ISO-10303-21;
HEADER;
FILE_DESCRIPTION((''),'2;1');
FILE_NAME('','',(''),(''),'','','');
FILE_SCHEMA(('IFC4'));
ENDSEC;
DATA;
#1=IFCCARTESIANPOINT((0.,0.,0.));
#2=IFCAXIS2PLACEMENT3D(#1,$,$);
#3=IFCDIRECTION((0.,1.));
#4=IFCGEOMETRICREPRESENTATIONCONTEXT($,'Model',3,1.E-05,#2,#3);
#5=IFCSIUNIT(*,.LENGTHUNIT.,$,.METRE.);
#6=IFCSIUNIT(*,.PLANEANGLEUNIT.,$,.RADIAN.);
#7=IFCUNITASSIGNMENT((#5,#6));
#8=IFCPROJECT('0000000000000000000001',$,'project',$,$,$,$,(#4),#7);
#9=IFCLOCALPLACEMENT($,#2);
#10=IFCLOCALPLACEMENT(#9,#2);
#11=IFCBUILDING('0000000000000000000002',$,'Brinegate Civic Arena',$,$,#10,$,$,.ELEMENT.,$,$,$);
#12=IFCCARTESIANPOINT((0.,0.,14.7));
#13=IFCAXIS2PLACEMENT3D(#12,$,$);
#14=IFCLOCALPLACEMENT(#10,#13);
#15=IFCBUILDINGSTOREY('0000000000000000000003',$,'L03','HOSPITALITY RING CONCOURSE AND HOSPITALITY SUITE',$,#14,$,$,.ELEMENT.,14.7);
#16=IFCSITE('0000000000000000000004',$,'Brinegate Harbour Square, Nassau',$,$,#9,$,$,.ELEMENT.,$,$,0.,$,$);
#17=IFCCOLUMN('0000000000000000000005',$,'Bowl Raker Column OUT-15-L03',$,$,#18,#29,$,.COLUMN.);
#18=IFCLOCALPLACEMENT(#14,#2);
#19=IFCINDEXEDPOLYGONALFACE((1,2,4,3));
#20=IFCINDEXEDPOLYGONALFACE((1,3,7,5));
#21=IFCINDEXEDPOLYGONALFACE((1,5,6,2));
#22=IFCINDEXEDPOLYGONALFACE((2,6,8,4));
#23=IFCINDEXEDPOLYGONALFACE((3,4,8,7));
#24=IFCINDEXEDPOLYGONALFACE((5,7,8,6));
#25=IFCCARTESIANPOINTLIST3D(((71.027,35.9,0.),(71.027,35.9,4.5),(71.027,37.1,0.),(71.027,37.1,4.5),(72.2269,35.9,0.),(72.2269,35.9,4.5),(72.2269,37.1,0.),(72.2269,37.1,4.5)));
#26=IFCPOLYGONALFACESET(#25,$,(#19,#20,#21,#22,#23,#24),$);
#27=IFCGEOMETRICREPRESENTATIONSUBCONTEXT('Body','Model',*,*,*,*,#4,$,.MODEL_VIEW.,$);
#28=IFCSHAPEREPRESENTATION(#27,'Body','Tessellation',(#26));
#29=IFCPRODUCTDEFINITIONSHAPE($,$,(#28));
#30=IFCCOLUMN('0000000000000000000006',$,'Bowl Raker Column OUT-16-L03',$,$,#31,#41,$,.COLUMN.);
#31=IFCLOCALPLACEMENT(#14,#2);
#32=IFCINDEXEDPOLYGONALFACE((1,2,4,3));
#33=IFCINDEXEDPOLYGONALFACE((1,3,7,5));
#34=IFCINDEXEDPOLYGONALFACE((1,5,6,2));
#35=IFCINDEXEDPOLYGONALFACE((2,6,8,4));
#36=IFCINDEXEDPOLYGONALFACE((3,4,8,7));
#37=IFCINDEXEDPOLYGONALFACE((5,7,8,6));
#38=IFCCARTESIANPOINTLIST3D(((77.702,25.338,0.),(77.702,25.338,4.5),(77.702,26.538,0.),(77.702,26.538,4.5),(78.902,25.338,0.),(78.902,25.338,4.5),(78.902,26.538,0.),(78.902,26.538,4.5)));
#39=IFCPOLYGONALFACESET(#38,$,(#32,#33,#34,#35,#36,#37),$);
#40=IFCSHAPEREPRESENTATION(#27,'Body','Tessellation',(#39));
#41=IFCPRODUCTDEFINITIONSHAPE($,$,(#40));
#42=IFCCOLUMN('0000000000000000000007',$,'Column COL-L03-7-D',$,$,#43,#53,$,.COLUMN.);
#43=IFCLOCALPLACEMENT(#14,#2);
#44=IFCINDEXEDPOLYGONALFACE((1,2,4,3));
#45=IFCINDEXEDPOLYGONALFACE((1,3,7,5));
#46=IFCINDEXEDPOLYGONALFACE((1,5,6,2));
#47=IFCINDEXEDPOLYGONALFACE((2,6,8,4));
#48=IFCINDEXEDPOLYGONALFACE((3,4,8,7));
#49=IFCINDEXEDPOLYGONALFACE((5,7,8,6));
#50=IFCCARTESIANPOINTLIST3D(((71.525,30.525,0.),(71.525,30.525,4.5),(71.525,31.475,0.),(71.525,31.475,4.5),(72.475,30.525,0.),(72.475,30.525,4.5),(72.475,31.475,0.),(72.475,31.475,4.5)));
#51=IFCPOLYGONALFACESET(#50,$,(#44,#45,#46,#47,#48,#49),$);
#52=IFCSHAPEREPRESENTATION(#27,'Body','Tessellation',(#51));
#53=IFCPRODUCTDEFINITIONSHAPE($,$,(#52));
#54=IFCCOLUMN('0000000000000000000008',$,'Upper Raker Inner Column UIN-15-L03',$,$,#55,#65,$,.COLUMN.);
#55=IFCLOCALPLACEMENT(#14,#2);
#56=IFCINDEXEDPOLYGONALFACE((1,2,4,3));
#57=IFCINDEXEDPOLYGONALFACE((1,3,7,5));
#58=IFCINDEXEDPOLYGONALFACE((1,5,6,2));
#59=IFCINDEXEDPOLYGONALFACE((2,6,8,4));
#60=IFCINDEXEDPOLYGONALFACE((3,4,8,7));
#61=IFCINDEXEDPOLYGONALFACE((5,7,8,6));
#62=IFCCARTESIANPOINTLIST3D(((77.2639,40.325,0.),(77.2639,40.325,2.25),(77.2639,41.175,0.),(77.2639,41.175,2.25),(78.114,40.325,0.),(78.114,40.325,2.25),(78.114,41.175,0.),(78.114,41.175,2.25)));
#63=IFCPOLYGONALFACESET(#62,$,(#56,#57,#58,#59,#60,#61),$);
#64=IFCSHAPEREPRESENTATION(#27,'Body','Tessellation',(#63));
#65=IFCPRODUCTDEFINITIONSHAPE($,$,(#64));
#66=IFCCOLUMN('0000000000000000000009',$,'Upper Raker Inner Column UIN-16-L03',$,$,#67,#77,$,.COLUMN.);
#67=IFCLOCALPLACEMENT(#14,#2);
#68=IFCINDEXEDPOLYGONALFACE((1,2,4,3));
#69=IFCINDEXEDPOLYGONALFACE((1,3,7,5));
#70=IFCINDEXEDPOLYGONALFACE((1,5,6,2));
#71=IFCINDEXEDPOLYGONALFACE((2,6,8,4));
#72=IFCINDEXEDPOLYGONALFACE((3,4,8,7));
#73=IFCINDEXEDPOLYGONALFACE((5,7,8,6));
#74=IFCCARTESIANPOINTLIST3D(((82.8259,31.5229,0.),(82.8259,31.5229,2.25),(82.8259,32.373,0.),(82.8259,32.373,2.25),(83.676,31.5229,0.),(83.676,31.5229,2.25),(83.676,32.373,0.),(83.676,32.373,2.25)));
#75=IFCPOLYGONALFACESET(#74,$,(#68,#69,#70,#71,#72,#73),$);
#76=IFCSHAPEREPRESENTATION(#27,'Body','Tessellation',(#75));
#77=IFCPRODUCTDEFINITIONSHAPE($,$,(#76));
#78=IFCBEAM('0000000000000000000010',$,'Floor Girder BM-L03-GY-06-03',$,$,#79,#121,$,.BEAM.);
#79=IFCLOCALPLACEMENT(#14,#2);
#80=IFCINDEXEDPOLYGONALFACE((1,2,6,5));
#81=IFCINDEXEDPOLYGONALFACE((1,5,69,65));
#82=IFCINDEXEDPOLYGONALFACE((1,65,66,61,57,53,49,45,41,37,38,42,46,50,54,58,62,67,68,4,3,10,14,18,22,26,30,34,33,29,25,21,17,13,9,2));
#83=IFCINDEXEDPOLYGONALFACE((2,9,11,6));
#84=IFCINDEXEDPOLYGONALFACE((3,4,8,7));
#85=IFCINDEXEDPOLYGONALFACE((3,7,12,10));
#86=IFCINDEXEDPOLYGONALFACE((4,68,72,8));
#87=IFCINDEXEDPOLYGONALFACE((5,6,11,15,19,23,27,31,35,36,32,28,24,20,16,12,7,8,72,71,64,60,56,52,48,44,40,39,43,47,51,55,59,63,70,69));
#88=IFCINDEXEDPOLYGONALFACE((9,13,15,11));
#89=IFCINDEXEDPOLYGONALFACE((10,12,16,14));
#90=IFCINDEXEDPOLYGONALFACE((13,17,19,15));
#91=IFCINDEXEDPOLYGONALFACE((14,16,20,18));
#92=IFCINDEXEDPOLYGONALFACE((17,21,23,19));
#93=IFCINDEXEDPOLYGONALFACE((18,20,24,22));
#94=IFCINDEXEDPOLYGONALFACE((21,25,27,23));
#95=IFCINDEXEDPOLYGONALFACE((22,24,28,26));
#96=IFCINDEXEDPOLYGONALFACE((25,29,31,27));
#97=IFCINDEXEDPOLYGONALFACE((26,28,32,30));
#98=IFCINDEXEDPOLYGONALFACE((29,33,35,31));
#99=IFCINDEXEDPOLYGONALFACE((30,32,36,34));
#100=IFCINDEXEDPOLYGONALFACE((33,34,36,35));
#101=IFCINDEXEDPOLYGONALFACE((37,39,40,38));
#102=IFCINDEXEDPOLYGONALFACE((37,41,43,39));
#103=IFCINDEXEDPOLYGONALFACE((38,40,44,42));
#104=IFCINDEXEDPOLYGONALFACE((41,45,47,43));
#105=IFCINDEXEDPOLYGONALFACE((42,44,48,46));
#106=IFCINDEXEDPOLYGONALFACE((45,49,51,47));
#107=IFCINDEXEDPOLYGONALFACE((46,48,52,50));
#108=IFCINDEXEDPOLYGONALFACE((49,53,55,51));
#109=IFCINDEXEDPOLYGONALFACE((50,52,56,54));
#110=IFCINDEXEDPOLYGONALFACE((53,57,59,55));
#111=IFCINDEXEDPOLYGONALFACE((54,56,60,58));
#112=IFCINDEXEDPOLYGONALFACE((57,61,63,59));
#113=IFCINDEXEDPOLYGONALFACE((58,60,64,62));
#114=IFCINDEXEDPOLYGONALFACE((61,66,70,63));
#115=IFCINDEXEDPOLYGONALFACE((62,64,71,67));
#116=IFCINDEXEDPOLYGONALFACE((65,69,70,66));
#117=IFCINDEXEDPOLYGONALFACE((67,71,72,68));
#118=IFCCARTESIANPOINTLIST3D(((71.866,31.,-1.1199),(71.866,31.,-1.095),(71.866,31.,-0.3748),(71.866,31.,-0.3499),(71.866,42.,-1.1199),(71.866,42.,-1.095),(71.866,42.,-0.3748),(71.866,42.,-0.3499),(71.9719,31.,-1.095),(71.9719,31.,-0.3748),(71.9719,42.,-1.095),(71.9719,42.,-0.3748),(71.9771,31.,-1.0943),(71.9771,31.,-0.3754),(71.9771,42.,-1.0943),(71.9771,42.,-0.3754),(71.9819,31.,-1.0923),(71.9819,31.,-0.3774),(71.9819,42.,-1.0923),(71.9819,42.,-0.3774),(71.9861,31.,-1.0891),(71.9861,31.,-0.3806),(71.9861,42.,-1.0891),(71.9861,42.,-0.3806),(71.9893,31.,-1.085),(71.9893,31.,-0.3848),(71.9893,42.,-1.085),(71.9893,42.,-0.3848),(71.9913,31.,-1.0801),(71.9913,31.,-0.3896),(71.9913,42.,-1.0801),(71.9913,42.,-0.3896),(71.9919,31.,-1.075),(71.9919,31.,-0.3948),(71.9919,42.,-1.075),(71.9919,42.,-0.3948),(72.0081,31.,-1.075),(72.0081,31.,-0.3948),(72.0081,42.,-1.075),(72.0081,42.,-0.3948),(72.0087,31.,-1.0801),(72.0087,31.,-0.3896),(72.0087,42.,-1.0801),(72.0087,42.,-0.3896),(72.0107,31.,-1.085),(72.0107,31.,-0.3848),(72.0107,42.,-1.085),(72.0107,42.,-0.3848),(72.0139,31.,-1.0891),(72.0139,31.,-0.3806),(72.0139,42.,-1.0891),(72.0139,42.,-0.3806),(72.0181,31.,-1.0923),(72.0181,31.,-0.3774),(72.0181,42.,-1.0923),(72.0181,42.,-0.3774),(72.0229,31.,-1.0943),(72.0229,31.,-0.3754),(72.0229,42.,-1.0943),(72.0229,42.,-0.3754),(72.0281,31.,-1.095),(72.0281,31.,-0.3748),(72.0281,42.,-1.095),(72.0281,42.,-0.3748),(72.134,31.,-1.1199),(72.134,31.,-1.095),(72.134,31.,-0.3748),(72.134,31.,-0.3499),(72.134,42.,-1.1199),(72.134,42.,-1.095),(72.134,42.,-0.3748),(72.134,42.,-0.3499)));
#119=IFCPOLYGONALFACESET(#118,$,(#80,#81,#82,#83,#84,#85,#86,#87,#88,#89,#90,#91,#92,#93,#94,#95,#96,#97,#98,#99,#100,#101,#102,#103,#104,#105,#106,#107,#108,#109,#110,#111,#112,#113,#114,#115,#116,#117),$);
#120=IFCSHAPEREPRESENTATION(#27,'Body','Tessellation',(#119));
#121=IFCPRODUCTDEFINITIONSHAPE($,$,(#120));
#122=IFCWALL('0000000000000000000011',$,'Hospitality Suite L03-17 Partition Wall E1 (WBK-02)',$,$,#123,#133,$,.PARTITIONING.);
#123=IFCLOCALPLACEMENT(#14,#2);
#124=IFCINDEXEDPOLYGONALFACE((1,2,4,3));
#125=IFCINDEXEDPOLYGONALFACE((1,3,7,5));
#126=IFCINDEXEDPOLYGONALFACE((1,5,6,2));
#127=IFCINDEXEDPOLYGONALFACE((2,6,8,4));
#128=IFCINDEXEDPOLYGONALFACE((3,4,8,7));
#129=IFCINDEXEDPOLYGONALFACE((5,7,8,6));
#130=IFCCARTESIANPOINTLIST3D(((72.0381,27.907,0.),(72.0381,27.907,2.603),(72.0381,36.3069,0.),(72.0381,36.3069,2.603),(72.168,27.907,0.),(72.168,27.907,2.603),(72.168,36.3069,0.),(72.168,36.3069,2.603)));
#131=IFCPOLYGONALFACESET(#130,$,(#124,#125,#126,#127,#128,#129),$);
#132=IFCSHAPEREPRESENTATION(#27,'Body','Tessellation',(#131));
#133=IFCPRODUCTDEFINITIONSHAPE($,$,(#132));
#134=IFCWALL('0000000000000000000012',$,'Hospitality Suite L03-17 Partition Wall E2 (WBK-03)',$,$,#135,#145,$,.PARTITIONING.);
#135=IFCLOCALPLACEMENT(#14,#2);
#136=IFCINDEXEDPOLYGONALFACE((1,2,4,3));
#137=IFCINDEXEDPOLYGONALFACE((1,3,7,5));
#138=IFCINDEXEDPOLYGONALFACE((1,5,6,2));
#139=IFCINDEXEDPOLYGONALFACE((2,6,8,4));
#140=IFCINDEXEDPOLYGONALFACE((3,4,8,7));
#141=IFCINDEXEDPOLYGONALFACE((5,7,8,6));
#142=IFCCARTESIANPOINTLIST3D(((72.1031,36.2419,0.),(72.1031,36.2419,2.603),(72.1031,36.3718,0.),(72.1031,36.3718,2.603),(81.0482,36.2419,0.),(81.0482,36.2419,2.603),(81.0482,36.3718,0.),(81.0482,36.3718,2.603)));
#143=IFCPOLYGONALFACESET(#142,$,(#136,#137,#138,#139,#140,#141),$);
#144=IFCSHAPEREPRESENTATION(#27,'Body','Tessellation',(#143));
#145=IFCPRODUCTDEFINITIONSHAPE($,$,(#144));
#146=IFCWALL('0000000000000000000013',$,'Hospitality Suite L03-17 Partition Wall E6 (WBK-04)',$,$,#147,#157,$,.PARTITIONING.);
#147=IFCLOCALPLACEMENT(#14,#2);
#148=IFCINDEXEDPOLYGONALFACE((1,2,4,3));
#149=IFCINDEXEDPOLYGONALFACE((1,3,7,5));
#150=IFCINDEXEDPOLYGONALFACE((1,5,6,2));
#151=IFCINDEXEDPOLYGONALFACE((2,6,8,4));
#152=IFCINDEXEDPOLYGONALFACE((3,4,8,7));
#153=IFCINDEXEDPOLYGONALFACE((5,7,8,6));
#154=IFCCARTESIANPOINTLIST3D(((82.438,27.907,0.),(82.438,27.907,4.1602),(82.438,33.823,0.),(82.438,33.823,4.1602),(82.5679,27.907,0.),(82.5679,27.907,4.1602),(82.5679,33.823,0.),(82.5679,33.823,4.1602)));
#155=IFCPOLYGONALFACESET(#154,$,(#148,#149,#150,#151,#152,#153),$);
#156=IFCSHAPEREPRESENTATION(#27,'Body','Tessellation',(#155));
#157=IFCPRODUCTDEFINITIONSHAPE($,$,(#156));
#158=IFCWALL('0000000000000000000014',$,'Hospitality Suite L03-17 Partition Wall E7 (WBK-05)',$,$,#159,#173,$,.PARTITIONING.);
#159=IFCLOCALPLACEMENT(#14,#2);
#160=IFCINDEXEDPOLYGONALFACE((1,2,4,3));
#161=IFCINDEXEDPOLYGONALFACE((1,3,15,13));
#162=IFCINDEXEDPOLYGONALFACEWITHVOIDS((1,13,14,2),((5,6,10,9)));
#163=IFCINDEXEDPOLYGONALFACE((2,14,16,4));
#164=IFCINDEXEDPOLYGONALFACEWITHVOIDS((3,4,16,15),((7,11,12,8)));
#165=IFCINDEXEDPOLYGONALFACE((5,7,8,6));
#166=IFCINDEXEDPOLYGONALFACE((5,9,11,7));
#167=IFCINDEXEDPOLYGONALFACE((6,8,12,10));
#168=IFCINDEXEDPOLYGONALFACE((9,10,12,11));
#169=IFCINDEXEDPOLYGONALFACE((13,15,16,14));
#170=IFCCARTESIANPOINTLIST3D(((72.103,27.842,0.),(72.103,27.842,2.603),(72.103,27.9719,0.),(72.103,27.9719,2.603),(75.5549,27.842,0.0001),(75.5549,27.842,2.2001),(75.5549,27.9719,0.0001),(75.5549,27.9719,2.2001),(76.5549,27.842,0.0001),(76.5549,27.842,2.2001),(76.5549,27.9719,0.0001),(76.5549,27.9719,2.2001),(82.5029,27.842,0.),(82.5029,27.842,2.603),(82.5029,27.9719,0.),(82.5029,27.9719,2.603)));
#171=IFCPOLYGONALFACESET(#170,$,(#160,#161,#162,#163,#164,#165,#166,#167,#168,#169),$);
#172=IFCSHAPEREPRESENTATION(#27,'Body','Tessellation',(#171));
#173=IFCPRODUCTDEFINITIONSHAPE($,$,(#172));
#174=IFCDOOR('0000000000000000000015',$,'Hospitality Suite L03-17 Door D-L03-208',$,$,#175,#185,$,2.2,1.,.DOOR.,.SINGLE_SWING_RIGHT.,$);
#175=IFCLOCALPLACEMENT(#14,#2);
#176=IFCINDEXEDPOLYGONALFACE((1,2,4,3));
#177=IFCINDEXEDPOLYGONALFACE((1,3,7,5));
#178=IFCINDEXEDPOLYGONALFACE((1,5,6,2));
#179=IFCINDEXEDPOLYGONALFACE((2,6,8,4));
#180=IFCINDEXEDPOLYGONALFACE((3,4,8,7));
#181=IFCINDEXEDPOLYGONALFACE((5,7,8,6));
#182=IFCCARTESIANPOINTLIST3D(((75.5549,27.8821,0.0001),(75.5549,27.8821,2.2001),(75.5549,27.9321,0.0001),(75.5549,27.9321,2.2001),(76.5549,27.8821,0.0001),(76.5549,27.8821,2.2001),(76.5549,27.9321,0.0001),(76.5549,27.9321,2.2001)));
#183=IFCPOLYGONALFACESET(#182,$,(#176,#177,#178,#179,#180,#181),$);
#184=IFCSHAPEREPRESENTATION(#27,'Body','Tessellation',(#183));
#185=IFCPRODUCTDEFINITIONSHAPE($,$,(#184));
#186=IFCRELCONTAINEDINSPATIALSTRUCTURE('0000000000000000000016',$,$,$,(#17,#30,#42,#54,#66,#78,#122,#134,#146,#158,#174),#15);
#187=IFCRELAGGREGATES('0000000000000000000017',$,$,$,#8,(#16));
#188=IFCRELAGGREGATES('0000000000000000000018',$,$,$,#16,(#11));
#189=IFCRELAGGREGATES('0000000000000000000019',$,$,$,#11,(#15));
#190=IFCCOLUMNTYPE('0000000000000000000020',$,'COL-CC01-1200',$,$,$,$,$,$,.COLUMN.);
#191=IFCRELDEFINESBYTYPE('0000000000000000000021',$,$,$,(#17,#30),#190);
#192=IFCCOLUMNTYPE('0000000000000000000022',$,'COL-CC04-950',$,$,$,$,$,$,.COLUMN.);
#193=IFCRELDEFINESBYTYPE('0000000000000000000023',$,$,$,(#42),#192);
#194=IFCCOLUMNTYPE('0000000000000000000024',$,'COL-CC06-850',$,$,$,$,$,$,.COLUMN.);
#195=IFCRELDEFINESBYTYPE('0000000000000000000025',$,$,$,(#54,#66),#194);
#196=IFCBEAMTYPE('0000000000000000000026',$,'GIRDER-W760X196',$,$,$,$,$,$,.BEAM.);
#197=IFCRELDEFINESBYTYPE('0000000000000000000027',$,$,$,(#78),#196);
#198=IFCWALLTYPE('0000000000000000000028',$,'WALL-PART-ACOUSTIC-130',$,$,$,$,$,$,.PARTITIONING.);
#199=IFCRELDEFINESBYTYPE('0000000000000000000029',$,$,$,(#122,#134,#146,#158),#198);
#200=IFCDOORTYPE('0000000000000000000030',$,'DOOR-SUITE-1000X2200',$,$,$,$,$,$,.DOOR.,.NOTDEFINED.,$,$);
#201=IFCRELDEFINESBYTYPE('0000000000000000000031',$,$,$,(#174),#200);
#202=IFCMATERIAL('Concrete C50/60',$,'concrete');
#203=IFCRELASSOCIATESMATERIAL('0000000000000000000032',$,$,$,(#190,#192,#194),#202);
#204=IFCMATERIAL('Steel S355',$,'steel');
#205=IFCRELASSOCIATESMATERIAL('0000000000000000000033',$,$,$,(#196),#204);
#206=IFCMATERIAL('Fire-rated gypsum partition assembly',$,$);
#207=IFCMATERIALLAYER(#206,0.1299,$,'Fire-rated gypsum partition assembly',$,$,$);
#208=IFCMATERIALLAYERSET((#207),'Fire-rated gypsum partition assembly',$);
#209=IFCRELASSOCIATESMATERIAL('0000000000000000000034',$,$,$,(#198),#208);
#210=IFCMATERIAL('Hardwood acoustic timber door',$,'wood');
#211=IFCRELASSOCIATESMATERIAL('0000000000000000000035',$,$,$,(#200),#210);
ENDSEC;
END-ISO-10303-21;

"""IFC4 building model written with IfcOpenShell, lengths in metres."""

from ifc_helpers import new_model, si_unit, direction, frame, frame_2d, origin, origin_2d, place, context, subcontext, project, spatial, rectangle, i_section, extrude, material, layer, layer_set, material_profile, profile_set, type_object, element, fill, save


model = new_model("IFC4")

# Units and contexts
model_context = context("Model", 3, precision=1e-05, world=origin(), true_north=direction((0.0, 1.0)))
body_context = subcontext(model_context, "Body", "Model", "MODEL_VIEW")
ifc_project = project(units=[si_unit("LENGTHUNIT", "METRE"), si_unit("PLANEANGLEUNIT", "RADIAN")], contexts=[model_context])

# Site, building, storey
site_placement = place(None, origin())
site = spatial("IfcSite", under=ifc_project, at=site_placement, Name="Brinegate Harbour Square, Nassau", CompositionType="ELEMENT", RefElevation=0.0)
building_placement = place(site_placement, origin())
building = spatial("IfcBuilding", under=site, at=building_placement, Name="Brinegate Civic Arena", CompositionType="ELEMENT")
storey_placement = place(building_placement, frame((0.0, 0.0, 14.7)))
storey = spatial("IfcBuildingStorey", under=building, at=storey_placement, Name="L03", Description="HOSPITALITY RING CONCOURSE AND HOSPITALITY SUITE", CompositionType="ELEMENT", Elevation=14.7)

# Columns
ifc_material_1 = material(Name="Concrete C50/60", Category="concrete")
ifc_material_profile_1 = material_profile(ifc_material_1, rectangle(XDim=1.2, YDim=1.2, at=origin_2d()), Name="RC1200X1200")
ifc_profile_set_1 = profile_set([ifc_material_profile_1], Name="Concrete C50/60")
column_type_1 = type_object("IfcColumnType", Name="COL-CC01-1200", PredefinedType="COLUMN", material=ifc_profile_set_1)
for number, where, z_axis, x_axis, name in (
    (1, (71.627, 36.5, 0.0), (0.0, 0.0, 1.0), (1.0, 0.0, 0.0), "Bowl Raker Column OUT-15-L03"),
    (2, (78.302, 25.938, 0.0), (0.0, 0.0, 1.0), (1.0, 0.0, 0.0), "Bowl Raker Column OUT-16-L03"),
):
    element("IfcColumn", number, at=place(storey_placement, frame(where, z_axis=z_axis, x_axis=x_axis)), inside=storey, type_object=column_type_1, Name=name, PredefinedType="COLUMN", context=body_context, shape_type="SweptSolid", body=[
        extrude(rectangle(XDim=1.2, YDim=1.2, at=origin_2d()), origin(), (0.0, 0.0, 1.0), 4.5),
    ])
ifc_material_profile_2 = material_profile(ifc_material_1, rectangle(XDim=0.95, YDim=0.95, at=origin_2d()), Name="RC950X950")
ifc_profile_set_2 = profile_set([ifc_material_profile_2], Name="Concrete C50/60")
column_type_2 = type_object("IfcColumnType", Name="COL-CC04-950", PredefinedType="COLUMN", material=ifc_profile_set_2)
column_placement = place(storey_placement, frame((72.0, 31.0, 0.0), z_axis=(0.0, 0.0, 1.0), x_axis=(1.0, 0.0, 0.0)))
element("IfcColumn", 3, at=column_placement, inside=storey, type_object=column_type_2, Name="Column COL-L03-7-D", PredefinedType="COLUMN", context=body_context, shape_type="SweptSolid", body=[
    extrude(rectangle(XDim=0.95, YDim=0.95, at=origin_2d()), origin(), (0.0, 0.0, 1.0), 4.5),
])
ifc_material_profile_3 = material_profile(ifc_material_1, rectangle(XDim=0.8501, YDim=0.8501, at=origin_2d()), Name="RC850X850")
ifc_profile_set_3 = profile_set([ifc_material_profile_3], Name="Concrete C50/60")
column_type_3 = type_object("IfcColumnType", Name="COL-CC06-850", PredefinedType="COLUMN", material=ifc_profile_set_3)
for number, where, z_axis, x_axis, name in (
    (4, (77.689, 40.75, 0.0), (0.0, 0.0, 1.0), (1.0, 0.0, 0.0), "Upper Raker Inner Column UIN-15-L03"),
    (5, (83.251, 31.948, 0.0), (0.0, 0.0, 1.0), (1.0, 0.0, 0.0), "Upper Raker Inner Column UIN-16-L03"),
):
    element("IfcColumn", number, at=place(storey_placement, frame(where, z_axis=z_axis, x_axis=x_axis)), inside=storey, type_object=column_type_3, Name=name, PredefinedType="COLUMN", context=body_context, shape_type="SweptSolid", body=[
        extrude(rectangle(XDim=0.8501, YDim=0.8501, at=origin_2d()), origin(), (0.0, 0.0, 1.0), 2.25),
    ])

# Beam
ifc_material_2 = material(Name="Steel S355", Category="steel")
ifc_material_profile_4 = material_profile(ifc_material_2, i_section(OverallWidth=0.2681, OverallDepth=0.77, WebThickness=0.0161, FlangeThickness=0.0249, FilletRadius=0.02, at=origin_2d()), Name="W760X196")
ifc_profile_set_4 = profile_set([ifc_material_profile_4], Name="Steel S355")
beam_type = type_object("IfcBeamType", Name="GIRDER-W760X196", PredefinedType="BEAM", material=ifc_profile_set_4)
beam_placement = place(storey_placement, frame((72.0, 31.0, -0.7349), z_axis=(0.0, 1.0, 0.0), x_axis=(-1.0, 0.0, 0.0)))
element("IfcBeam", 6, at=beam_placement, inside=storey, type_object=beam_type, Name="Floor Girder BM-L03-GY-06-03", PredefinedType="BEAM", context=body_context, shape_type="SweptSolid", body=[
    extrude(i_section(OverallWidth=0.2681, OverallDepth=0.77, WebThickness=0.0161, FlangeThickness=0.0249, FilletRadius=0.02, at=origin_2d()), origin(), (0.0, 0.0, 1.0), 11.0),
])

# Walls
ifc_material_3 = material(Name="Fire-rated gypsum partition assembly")
ifc_layer_1 = layer(ifc_material_3, 0.1299, Name="Fire-rated gypsum partition assembly")
ifc_layer_set_1 = layer_set([ifc_layer_1], Name="Fire-rated gypsum partition assembly")
wall_type_1 = type_object("IfcWallType", Name="WALL-PART-ACOUSTIC-130", PredefinedType="PARTITIONING", material=ifc_layer_set_1)
wall_1_placement = place(storey_placement, frame((72.103, 27.907, 0.0), z_axis=(0.0, 0.0, 1.0), x_axis=(0.0, 1.0, 0.0)))
element("IfcWall", 7, at=wall_1_placement, inside=storey, type_object=wall_type_1, Name="Hospitality Suite L03-17 Partition Wall E1 (WBK-02)", PredefinedType="PARTITIONING", context=body_context, shape_type="SweptSolid", body=[
    extrude(rectangle(XDim=8.3999, YDim=0.1299, at=frame_2d((4.2, 0.0))), origin(), (0.0, 0.0, 1.0), 2.603),
])
wall_2_placement = place(storey_placement, frame((72.103, 36.3069, 0.0), z_axis=(0.0, 0.0, 1.0), x_axis=(1.0, 0.0, 0.0)))
element("IfcWall", 8, at=wall_2_placement, inside=storey, type_object=wall_type_1, Name="Hospitality Suite L03-17 Partition Wall E2 (WBK-03)", PredefinedType="PARTITIONING", context=body_context, shape_type="SweptSolid", body=[
    extrude(rectangle(XDim=8.9451, YDim=0.1299, at=frame_2d((4.4727, 0.0))), origin(), (0.0, 0.0, 1.0), 2.603),
])
wall_3_placement = place(storey_placement, frame((82.5029, 33.823, 0.0), z_axis=(0.0, 0.0, 1.0), x_axis=(0.0, -1.0, 0.0)))
element("IfcWall", 9, at=wall_3_placement, inside=storey, type_object=wall_type_1, Name="Hospitality Suite L03-17 Partition Wall E6 (WBK-04)", PredefinedType="PARTITIONING", context=body_context, shape_type="SweptSolid", body=[
    extrude(rectangle(XDim=5.916, YDim=0.1299, at=frame_2d((2.958, 0.0))), origin(), (0.0, 0.0, 1.0), 4.1602),
])

# Wall, opening, door
wall_4_placement = place(storey_placement, frame((82.5029, 27.907, 0.0), z_axis=(0.0, 0.0, 1.0), x_axis=(-1.0, 0.0, 0.0)))
wall_4 = element("IfcWall", 10, at=wall_4_placement, inside=storey, type_object=wall_type_1, Name="Hospitality Suite L03-17 Partition Wall E7 (WBK-05)", PredefinedType="PARTITIONING", context=body_context, shape_type="SweptSolid", body=[
    extrude(rectangle(XDim=10.3999, YDim=0.1299, at=frame_2d((5.2, 0.0))), origin(), (0.0, 0.0, 1.0), 2.603),
])
opening_1_placement = place(wall_4_placement, frame((5.948, 0.0, 0.0)))
opening_1 = element("IfcOpeningElement", 11, at=opening_1_placement, cuts=wall_4, PredefinedType="OPENING", context=body_context, shape_type="SweptSolid", body=[
    extrude(rectangle(XDim=1.0, YDim=2.2, at=frame_2d((0.5, 1.1001))), frame((0.0, 0.075, 0.0), z_axis=(0.0, -1.0, 0.0), x_axis=(1.0, 0.0, 0.0)), (0.0, 0.0, 1.0), 0.1499),
])
ifc_material_4 = material(Name="Hardwood acoustic timber door", Category="wood")
door_type_1 = type_object("IfcDoorType", Name="DOOR-SUITE-1000X2200", OperationType="NOTDEFINED", PredefinedType="DOOR", material=ifc_material_4)
door_1_placement = place(opening_1_placement, origin())
door_1 = element("IfcDoor", 12, at=door_1_placement, inside=storey, type_object=door_type_1, Name="Hospitality Suite L03-17 Door D-L03-208", OperationType="SINGLE_SWING_RIGHT", OverallHeight=2.2, OverallWidth=1.0, PredefinedType="DOOR", context=body_context, shape_type="SweptSolid", body=[
    extrude(rectangle(XDim=1.0, YDim=2.2, at=frame_2d((0.5, 1.1001))), frame((0.0, 0.0249, 0.0), z_axis=(0.0, -1.0, 0.0), x_axis=(1.0, 0.0, 0.0)), (0.0, 0.0, 1.0), 0.05),
])
fill(opening_1, door_1)

save(model, "model.ifc")
